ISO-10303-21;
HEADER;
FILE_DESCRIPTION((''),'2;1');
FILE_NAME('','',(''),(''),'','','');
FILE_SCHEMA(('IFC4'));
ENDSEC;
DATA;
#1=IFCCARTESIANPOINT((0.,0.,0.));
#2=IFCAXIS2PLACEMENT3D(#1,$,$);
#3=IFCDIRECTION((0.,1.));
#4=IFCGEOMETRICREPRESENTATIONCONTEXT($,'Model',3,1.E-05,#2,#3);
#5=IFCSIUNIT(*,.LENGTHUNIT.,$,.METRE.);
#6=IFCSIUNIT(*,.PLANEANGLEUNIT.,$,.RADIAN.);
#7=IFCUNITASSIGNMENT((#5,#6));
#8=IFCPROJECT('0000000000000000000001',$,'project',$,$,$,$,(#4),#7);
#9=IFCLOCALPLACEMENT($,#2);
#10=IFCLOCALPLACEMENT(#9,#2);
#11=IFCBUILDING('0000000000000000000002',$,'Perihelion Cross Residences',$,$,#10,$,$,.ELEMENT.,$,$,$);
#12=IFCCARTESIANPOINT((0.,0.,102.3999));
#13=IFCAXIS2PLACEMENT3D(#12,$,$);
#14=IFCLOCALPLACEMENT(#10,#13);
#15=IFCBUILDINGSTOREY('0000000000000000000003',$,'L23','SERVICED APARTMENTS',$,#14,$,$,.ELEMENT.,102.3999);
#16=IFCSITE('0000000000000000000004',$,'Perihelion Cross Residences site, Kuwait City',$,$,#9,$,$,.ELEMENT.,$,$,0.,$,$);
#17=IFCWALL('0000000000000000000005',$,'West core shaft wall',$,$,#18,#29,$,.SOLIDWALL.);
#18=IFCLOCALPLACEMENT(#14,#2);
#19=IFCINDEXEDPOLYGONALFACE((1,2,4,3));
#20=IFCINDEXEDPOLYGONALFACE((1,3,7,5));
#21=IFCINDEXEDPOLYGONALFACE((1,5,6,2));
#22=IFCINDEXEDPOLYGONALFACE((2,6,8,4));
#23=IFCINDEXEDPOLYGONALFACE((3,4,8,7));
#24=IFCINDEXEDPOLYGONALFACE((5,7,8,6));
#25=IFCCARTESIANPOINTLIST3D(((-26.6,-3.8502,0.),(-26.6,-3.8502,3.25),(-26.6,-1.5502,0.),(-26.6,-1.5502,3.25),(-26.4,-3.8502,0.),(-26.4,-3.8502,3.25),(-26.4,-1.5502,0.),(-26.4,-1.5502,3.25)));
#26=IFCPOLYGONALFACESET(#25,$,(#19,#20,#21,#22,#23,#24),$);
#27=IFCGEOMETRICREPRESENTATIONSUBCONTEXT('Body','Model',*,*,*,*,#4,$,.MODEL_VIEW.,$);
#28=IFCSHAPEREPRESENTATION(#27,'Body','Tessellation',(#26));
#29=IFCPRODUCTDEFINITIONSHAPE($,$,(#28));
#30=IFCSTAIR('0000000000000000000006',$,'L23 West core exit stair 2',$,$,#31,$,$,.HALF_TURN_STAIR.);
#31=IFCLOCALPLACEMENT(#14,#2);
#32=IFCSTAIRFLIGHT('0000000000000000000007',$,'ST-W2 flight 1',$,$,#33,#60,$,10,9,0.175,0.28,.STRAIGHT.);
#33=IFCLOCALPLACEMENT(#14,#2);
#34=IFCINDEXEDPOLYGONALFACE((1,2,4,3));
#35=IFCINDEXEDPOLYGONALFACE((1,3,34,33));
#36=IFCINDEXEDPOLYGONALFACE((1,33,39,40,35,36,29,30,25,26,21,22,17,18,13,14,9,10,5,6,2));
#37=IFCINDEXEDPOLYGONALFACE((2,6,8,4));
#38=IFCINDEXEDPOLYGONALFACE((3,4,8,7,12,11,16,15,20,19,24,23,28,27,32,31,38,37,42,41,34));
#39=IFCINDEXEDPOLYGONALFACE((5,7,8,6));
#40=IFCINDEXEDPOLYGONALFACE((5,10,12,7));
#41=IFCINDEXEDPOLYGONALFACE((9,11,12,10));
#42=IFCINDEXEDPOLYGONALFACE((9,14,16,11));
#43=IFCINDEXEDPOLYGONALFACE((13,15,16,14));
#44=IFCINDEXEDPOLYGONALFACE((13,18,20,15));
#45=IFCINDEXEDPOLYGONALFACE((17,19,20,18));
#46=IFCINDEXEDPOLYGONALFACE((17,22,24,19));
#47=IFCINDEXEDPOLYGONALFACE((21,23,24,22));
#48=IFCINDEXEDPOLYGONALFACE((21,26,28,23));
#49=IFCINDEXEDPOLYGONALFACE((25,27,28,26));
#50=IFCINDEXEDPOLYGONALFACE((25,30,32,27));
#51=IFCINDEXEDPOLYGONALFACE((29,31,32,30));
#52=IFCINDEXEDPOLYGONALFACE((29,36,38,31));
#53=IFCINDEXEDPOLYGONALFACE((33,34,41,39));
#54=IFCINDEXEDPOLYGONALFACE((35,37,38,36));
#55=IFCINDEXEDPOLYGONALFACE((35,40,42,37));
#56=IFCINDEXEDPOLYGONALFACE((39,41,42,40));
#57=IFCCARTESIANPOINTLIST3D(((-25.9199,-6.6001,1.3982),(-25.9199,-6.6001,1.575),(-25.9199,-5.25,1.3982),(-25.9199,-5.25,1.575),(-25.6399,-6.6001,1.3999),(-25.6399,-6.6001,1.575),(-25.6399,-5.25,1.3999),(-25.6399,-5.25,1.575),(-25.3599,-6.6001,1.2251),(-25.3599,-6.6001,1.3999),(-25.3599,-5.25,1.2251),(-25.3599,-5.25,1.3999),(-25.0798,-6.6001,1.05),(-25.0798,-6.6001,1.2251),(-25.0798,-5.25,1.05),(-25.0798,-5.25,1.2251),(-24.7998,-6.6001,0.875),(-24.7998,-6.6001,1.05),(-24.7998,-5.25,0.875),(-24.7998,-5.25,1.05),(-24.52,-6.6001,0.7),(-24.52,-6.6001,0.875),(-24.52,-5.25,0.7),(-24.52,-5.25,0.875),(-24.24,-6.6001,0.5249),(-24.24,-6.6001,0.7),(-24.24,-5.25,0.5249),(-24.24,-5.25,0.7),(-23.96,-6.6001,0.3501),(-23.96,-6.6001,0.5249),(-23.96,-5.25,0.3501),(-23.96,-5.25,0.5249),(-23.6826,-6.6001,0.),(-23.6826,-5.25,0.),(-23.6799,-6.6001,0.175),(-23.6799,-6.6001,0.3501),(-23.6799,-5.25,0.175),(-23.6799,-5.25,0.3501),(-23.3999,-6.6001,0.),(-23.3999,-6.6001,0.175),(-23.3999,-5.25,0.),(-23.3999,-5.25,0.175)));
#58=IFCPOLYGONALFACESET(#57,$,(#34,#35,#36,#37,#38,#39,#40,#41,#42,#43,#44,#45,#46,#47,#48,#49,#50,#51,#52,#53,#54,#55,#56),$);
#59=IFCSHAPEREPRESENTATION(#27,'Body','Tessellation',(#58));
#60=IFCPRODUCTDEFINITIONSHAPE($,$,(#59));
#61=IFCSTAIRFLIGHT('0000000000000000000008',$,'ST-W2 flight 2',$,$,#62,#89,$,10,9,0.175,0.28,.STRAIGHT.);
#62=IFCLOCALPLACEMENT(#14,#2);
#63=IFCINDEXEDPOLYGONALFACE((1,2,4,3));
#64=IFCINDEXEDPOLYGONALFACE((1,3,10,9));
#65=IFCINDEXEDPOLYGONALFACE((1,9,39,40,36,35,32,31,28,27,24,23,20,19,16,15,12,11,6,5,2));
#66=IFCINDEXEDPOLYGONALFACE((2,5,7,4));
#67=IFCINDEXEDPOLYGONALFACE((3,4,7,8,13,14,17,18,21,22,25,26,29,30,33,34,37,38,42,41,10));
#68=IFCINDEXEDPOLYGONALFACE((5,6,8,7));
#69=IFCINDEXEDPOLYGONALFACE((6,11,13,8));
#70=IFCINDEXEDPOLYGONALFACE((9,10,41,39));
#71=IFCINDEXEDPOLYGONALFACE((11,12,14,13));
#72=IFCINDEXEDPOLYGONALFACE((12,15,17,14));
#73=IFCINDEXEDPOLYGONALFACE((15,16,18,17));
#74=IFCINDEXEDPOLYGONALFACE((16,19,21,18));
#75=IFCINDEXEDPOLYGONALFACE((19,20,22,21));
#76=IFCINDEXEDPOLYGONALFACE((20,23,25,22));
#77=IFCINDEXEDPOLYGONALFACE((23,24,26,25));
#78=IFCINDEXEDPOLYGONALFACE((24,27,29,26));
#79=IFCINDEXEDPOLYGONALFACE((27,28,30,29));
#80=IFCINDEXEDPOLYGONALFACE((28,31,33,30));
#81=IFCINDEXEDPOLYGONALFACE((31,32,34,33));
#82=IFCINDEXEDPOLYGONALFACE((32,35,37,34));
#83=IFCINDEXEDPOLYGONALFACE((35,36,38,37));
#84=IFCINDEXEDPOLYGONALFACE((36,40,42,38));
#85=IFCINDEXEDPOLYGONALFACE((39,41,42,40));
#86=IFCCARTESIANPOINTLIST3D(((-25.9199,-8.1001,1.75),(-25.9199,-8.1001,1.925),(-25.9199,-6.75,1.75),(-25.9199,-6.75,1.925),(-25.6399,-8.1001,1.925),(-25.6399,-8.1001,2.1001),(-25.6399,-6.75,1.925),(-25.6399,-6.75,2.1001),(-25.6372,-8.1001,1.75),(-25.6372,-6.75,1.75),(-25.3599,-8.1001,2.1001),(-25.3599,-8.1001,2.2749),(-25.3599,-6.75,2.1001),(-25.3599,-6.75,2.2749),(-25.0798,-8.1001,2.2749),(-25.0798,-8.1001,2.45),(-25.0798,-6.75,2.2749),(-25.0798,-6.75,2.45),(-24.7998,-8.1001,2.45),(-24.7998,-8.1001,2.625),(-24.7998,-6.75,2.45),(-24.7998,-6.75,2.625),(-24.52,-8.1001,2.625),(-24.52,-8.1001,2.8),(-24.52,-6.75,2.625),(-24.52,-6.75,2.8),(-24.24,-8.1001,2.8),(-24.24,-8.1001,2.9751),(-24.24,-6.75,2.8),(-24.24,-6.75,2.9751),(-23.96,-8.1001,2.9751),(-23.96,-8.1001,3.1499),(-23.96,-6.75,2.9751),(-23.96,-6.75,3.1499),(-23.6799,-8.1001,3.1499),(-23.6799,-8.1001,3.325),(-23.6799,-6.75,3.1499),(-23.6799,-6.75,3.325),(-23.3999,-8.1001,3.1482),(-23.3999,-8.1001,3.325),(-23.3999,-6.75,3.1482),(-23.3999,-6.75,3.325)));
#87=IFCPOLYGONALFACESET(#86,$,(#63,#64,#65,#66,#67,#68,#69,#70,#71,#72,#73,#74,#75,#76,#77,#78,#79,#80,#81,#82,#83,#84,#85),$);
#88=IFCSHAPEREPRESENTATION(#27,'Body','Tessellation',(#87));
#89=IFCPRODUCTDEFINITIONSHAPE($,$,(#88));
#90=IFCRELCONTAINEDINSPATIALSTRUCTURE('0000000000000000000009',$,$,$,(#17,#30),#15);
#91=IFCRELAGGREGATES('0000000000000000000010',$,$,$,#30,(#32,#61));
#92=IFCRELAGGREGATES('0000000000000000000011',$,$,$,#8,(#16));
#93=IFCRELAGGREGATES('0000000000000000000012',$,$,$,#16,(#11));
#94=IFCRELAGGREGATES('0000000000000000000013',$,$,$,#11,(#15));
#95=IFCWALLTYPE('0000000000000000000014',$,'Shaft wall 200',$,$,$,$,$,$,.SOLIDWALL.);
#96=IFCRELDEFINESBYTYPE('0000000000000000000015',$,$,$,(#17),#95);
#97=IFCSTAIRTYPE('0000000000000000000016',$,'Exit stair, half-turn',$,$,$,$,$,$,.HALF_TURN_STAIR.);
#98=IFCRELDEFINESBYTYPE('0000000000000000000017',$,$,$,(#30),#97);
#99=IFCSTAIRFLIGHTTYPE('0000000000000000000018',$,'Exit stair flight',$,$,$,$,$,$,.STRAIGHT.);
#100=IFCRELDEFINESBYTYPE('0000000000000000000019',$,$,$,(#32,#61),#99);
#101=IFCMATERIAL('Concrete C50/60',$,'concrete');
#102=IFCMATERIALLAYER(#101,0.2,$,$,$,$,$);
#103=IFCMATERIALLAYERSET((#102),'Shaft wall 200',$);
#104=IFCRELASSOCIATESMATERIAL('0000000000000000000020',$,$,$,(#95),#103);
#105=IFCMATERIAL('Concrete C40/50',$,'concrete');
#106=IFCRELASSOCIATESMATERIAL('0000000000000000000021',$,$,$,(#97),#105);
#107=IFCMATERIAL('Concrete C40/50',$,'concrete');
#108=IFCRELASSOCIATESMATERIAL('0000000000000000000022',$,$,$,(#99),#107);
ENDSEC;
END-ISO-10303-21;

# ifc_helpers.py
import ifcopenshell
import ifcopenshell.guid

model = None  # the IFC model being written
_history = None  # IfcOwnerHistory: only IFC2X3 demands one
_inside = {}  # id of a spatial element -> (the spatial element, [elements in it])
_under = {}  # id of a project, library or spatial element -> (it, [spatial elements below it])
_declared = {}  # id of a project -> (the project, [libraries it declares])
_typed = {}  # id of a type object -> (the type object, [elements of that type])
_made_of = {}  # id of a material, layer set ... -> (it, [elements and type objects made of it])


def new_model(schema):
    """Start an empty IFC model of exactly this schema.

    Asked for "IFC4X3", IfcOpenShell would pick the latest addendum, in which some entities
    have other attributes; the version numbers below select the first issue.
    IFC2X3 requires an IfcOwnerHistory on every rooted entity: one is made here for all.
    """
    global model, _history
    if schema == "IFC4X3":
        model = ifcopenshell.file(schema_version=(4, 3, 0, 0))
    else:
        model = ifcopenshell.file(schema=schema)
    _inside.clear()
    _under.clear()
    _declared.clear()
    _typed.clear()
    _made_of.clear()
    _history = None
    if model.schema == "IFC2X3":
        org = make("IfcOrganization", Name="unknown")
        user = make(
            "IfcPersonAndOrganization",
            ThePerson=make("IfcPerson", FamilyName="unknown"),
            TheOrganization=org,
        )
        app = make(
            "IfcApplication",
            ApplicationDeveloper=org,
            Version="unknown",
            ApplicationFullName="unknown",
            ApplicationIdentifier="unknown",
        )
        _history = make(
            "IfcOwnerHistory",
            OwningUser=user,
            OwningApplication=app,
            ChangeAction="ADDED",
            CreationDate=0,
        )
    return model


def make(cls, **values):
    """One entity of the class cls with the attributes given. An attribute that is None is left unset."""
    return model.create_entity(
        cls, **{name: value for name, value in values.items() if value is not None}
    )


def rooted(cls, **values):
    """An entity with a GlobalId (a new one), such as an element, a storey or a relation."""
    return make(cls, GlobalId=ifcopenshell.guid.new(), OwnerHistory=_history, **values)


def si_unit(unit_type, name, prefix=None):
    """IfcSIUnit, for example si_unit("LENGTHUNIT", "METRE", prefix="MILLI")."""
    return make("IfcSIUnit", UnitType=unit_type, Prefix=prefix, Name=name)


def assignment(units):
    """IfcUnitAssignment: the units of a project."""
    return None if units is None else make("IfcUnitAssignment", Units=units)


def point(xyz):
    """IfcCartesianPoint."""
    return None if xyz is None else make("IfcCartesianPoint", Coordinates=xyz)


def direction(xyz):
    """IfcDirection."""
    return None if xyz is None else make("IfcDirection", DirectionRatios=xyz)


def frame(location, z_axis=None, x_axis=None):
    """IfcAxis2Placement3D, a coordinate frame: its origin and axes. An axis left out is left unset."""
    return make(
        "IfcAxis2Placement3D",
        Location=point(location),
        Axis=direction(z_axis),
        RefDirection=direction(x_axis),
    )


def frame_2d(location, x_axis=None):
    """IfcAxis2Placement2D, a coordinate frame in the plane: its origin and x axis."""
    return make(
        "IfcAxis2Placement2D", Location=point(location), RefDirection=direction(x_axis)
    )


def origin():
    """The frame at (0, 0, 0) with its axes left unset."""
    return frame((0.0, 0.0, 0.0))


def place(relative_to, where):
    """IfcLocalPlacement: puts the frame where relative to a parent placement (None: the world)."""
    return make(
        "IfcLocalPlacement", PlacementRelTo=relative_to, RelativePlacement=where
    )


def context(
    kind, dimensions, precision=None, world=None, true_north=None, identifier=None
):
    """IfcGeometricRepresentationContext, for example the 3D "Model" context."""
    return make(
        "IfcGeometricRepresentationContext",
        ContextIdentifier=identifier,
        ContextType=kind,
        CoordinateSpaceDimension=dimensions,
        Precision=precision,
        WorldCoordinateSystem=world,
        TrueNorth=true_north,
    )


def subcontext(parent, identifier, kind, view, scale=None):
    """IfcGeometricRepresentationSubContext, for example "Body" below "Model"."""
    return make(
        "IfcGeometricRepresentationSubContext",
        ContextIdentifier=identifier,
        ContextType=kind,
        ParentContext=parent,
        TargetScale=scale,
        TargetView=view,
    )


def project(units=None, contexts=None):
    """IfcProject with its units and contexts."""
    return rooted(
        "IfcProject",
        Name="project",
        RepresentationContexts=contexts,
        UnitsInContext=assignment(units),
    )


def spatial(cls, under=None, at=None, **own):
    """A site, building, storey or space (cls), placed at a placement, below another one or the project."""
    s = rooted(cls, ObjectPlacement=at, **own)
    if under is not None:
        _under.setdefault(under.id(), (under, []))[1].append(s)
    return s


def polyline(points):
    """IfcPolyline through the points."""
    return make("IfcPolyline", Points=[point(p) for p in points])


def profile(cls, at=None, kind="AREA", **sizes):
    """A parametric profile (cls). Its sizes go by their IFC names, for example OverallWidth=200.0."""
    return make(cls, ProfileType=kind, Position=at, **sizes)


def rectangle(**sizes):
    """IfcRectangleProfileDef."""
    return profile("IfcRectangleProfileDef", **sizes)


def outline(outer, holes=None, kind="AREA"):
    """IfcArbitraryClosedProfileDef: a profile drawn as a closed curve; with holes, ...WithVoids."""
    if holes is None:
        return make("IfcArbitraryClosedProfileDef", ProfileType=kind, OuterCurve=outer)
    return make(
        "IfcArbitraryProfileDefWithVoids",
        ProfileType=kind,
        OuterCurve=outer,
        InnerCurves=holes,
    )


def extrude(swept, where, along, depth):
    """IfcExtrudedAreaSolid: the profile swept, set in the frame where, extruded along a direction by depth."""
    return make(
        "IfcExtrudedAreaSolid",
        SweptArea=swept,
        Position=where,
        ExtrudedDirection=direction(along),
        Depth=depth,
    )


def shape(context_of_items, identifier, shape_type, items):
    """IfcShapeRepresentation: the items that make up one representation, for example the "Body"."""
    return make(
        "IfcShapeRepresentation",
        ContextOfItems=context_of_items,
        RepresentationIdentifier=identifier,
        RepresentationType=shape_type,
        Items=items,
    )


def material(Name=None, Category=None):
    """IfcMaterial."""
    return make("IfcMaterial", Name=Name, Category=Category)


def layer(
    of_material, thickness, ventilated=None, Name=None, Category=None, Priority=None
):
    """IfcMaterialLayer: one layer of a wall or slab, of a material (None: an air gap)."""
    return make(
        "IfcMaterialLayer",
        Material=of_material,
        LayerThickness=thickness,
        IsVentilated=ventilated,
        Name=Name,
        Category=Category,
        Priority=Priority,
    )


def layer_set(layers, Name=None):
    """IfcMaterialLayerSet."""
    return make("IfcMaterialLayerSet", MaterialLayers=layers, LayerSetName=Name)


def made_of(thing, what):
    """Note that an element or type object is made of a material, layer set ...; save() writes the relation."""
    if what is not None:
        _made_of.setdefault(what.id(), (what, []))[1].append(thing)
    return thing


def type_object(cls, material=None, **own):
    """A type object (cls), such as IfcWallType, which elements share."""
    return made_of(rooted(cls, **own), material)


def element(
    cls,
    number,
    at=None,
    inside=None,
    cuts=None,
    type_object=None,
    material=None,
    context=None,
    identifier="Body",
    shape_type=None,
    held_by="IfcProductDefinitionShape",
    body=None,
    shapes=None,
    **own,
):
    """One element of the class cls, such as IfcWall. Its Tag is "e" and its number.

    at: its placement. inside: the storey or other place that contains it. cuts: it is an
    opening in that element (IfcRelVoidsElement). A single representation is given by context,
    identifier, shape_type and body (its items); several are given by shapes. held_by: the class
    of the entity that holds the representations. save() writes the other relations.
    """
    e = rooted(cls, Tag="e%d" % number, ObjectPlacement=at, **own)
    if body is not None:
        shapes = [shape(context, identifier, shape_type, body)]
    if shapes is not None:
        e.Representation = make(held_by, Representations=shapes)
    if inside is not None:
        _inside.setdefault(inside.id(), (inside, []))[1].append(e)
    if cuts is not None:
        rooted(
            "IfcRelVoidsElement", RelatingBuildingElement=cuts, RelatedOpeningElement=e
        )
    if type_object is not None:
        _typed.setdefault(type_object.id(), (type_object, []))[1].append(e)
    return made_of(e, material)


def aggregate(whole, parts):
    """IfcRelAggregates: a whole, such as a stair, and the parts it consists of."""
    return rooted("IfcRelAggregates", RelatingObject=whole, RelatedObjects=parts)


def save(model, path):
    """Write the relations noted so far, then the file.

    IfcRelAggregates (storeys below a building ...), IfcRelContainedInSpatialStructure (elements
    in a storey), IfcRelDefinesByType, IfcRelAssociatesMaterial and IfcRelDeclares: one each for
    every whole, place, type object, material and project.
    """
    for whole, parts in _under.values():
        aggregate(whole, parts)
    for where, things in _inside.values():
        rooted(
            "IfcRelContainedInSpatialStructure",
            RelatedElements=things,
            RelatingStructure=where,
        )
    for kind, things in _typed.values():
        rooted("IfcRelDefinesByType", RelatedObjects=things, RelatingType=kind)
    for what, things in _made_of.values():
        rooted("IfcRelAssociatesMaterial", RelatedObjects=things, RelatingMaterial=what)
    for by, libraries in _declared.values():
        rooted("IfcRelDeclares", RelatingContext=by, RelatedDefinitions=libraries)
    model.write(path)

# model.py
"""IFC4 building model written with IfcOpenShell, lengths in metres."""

from ifc_helpers import new_model, si_unit, direction, frame, frame_2d, origin, place, context, subcontext, project, spatial, polyline, rectangle, outline, extrude, material, layer, layer_set, type_object, element, aggregate, save


model = new_model("IFC4")

# Units and contexts
model_context = context("Model", 3, precision=1e-05, world=origin(), true_north=direction((0.0, 1.0)))
body_context = subcontext(model_context, "Body", "Model", "MODEL_VIEW")
ifc_project = project(units=[si_unit("LENGTHUNIT", "METRE"), si_unit("PLANEANGLEUNIT", "RADIAN")], contexts=[model_context])

# Site, building, storey
site_placement = place(None, origin())
site = spatial("IfcSite", under=ifc_project, at=site_placement, Name="Perihelion Cross Residences site, Kuwait City", CompositionType="ELEMENT", RefElevation=0.0)
building_placement = place(site_placement, origin())
building = spatial("IfcBuilding", under=site, at=building_placement, Name="Perihelion Cross Residences", CompositionType="ELEMENT")
storey_placement = place(building_placement, frame((0.0, 0.0, 102.3999)))
storey = spatial("IfcBuildingStorey", under=building, at=storey_placement, Name="L23", Description="SERVICED APARTMENTS", CompositionType="ELEMENT", Elevation=102.3999)

# Wall
ifc_material_1 = material(Name="Concrete C50/60", Category="concrete")
ifc_layer_1 = layer(ifc_material_1, 0.2)
ifc_layer_set_1 = layer_set([ifc_layer_1], Name="Shaft wall 200")
wall_type_1 = type_object("IfcWallType", Name="Shaft wall 200", PredefinedType="SOLIDWALL", material=ifc_layer_set_1)
wall_1_placement = place(storey_placement, frame((-26.5, -3.8501, 0.0), z_axis=(0.0, 0.0, 1.0), x_axis=(0.0, 1.0, 0.0)))
element("IfcWall", 1, at=wall_1_placement, inside=storey, type_object=wall_type_1, Name="West core shaft wall", PredefinedType="SOLIDWALL", context=body_context, shape_type="SweptSolid", body=[
    extrude(rectangle(XDim=2.3, YDim=0.2, at=frame_2d((1.1499, 0.0))), origin(), (0.0, 0.0, 1.0), 3.25),
])

# Stair, stair flights
ifc_material_2 = material(Name="Concrete C40/50", Category="concrete")
stair_type = type_object("IfcStairType", Name="Exit stair, half-turn", PredefinedType="HALF_TURN_STAIR", material=ifc_material_2)
stair_placement = place(storey_placement, origin())
stair = element("IfcStair", 2, at=stair_placement, inside=storey, type_object=stair_type, Name="L23 West core exit stair 2", PredefinedType="HALF_TURN_STAIR")
ifc_material_3 = material(Name="Concrete C40/50", Category="concrete")
stair_flight_type = type_object("IfcStairFlightType", Name="Exit stair flight", PredefinedType="STRAIGHT", material=ifc_material_3)
stair_flight_1_placement = place(storey_placement, frame((-23.3999, -5.925, 0.0), z_axis=(0.0, 0.0, 1.0), x_axis=(-1.0, 0.0, 0.0)))
stair_flight_1 = element("IfcStairFlight", 3, at=stair_flight_1_placement, type_object=stair_flight_type, Name="ST-W2 flight 1", NumberOfRisers=10, NumberOfTreads=9, PredefinedType="STRAIGHT", RiserHeight=0.175, TreadLength=0.28, context=body_context, shape_type="SweptSolid", body=[
    extrude(outline(polyline([(0.0, 0.0), (0.0, 0.175), (0.28, 0.175), (0.28, 0.3501), (0.5601, 0.3501), (0.5601, 0.5249), (0.8401, 0.5249), (0.8401, 0.7), (1.1201, 0.7), (1.1201, 0.875), (1.3999, 0.875), (1.3999, 1.05), (1.6799, 1.05), (1.6799, 1.2251), (1.96, 1.2251), (1.96, 1.3999), (2.24, 1.3999), (2.24, 1.575), (2.52, 1.575), (2.52, 1.75), (2.52, 1.3982), (0.2827, 0.0), (0.0, 0.0)])), frame((0.0, 0.675, 0.0), z_axis=(0.0, -1.0, 0.0), x_axis=(1.0, 0.0, 0.0)), (0.0, 0.0, 1.0), 1.3501),
])
stair_flight_2_placement = place(storey_placement, frame((-25.9199, -7.425, 1.75), z_axis=(0.0, 0.0, 1.0), x_axis=(1.0, 0.0, 0.0)))
stair_flight_2 = element("IfcStairFlight", 4, at=stair_flight_2_placement, type_object=stair_flight_type, Name="ST-W2 flight 2", NumberOfRisers=10, NumberOfTreads=9, PredefinedType="STRAIGHT", RiserHeight=0.175, TreadLength=0.28, context=body_context, shape_type="SweptSolid", body=[
    extrude(outline(polyline([(0.0, 0.0), (0.0, 0.175), (0.28, 0.175), (0.28, 0.3501), (0.5601, 0.3501), (0.5601, 0.5249), (0.8401, 0.5249), (0.8401, 0.7), (1.1201, 0.7), (1.1201, 0.875), (1.3999, 0.875), (1.3999, 1.05), (1.6799, 1.05), (1.6799, 1.2251), (1.96, 1.2251), (1.96, 1.3999), (2.24, 1.3999), (2.24, 1.575), (2.52, 1.575), (2.52, 1.75), (2.52, 1.3982), (0.2827, 0.0), (0.0, 0.0)])), frame((0.0, 0.675, 0.0), z_axis=(0.0, -1.0, 0.0), x_axis=(1.0, 0.0, 0.0)), (0.0, 0.0, 1.0), 1.3501),
])
aggregate(stair, [stair_flight_1, stair_flight_2])

save(model, "model.ifc")
